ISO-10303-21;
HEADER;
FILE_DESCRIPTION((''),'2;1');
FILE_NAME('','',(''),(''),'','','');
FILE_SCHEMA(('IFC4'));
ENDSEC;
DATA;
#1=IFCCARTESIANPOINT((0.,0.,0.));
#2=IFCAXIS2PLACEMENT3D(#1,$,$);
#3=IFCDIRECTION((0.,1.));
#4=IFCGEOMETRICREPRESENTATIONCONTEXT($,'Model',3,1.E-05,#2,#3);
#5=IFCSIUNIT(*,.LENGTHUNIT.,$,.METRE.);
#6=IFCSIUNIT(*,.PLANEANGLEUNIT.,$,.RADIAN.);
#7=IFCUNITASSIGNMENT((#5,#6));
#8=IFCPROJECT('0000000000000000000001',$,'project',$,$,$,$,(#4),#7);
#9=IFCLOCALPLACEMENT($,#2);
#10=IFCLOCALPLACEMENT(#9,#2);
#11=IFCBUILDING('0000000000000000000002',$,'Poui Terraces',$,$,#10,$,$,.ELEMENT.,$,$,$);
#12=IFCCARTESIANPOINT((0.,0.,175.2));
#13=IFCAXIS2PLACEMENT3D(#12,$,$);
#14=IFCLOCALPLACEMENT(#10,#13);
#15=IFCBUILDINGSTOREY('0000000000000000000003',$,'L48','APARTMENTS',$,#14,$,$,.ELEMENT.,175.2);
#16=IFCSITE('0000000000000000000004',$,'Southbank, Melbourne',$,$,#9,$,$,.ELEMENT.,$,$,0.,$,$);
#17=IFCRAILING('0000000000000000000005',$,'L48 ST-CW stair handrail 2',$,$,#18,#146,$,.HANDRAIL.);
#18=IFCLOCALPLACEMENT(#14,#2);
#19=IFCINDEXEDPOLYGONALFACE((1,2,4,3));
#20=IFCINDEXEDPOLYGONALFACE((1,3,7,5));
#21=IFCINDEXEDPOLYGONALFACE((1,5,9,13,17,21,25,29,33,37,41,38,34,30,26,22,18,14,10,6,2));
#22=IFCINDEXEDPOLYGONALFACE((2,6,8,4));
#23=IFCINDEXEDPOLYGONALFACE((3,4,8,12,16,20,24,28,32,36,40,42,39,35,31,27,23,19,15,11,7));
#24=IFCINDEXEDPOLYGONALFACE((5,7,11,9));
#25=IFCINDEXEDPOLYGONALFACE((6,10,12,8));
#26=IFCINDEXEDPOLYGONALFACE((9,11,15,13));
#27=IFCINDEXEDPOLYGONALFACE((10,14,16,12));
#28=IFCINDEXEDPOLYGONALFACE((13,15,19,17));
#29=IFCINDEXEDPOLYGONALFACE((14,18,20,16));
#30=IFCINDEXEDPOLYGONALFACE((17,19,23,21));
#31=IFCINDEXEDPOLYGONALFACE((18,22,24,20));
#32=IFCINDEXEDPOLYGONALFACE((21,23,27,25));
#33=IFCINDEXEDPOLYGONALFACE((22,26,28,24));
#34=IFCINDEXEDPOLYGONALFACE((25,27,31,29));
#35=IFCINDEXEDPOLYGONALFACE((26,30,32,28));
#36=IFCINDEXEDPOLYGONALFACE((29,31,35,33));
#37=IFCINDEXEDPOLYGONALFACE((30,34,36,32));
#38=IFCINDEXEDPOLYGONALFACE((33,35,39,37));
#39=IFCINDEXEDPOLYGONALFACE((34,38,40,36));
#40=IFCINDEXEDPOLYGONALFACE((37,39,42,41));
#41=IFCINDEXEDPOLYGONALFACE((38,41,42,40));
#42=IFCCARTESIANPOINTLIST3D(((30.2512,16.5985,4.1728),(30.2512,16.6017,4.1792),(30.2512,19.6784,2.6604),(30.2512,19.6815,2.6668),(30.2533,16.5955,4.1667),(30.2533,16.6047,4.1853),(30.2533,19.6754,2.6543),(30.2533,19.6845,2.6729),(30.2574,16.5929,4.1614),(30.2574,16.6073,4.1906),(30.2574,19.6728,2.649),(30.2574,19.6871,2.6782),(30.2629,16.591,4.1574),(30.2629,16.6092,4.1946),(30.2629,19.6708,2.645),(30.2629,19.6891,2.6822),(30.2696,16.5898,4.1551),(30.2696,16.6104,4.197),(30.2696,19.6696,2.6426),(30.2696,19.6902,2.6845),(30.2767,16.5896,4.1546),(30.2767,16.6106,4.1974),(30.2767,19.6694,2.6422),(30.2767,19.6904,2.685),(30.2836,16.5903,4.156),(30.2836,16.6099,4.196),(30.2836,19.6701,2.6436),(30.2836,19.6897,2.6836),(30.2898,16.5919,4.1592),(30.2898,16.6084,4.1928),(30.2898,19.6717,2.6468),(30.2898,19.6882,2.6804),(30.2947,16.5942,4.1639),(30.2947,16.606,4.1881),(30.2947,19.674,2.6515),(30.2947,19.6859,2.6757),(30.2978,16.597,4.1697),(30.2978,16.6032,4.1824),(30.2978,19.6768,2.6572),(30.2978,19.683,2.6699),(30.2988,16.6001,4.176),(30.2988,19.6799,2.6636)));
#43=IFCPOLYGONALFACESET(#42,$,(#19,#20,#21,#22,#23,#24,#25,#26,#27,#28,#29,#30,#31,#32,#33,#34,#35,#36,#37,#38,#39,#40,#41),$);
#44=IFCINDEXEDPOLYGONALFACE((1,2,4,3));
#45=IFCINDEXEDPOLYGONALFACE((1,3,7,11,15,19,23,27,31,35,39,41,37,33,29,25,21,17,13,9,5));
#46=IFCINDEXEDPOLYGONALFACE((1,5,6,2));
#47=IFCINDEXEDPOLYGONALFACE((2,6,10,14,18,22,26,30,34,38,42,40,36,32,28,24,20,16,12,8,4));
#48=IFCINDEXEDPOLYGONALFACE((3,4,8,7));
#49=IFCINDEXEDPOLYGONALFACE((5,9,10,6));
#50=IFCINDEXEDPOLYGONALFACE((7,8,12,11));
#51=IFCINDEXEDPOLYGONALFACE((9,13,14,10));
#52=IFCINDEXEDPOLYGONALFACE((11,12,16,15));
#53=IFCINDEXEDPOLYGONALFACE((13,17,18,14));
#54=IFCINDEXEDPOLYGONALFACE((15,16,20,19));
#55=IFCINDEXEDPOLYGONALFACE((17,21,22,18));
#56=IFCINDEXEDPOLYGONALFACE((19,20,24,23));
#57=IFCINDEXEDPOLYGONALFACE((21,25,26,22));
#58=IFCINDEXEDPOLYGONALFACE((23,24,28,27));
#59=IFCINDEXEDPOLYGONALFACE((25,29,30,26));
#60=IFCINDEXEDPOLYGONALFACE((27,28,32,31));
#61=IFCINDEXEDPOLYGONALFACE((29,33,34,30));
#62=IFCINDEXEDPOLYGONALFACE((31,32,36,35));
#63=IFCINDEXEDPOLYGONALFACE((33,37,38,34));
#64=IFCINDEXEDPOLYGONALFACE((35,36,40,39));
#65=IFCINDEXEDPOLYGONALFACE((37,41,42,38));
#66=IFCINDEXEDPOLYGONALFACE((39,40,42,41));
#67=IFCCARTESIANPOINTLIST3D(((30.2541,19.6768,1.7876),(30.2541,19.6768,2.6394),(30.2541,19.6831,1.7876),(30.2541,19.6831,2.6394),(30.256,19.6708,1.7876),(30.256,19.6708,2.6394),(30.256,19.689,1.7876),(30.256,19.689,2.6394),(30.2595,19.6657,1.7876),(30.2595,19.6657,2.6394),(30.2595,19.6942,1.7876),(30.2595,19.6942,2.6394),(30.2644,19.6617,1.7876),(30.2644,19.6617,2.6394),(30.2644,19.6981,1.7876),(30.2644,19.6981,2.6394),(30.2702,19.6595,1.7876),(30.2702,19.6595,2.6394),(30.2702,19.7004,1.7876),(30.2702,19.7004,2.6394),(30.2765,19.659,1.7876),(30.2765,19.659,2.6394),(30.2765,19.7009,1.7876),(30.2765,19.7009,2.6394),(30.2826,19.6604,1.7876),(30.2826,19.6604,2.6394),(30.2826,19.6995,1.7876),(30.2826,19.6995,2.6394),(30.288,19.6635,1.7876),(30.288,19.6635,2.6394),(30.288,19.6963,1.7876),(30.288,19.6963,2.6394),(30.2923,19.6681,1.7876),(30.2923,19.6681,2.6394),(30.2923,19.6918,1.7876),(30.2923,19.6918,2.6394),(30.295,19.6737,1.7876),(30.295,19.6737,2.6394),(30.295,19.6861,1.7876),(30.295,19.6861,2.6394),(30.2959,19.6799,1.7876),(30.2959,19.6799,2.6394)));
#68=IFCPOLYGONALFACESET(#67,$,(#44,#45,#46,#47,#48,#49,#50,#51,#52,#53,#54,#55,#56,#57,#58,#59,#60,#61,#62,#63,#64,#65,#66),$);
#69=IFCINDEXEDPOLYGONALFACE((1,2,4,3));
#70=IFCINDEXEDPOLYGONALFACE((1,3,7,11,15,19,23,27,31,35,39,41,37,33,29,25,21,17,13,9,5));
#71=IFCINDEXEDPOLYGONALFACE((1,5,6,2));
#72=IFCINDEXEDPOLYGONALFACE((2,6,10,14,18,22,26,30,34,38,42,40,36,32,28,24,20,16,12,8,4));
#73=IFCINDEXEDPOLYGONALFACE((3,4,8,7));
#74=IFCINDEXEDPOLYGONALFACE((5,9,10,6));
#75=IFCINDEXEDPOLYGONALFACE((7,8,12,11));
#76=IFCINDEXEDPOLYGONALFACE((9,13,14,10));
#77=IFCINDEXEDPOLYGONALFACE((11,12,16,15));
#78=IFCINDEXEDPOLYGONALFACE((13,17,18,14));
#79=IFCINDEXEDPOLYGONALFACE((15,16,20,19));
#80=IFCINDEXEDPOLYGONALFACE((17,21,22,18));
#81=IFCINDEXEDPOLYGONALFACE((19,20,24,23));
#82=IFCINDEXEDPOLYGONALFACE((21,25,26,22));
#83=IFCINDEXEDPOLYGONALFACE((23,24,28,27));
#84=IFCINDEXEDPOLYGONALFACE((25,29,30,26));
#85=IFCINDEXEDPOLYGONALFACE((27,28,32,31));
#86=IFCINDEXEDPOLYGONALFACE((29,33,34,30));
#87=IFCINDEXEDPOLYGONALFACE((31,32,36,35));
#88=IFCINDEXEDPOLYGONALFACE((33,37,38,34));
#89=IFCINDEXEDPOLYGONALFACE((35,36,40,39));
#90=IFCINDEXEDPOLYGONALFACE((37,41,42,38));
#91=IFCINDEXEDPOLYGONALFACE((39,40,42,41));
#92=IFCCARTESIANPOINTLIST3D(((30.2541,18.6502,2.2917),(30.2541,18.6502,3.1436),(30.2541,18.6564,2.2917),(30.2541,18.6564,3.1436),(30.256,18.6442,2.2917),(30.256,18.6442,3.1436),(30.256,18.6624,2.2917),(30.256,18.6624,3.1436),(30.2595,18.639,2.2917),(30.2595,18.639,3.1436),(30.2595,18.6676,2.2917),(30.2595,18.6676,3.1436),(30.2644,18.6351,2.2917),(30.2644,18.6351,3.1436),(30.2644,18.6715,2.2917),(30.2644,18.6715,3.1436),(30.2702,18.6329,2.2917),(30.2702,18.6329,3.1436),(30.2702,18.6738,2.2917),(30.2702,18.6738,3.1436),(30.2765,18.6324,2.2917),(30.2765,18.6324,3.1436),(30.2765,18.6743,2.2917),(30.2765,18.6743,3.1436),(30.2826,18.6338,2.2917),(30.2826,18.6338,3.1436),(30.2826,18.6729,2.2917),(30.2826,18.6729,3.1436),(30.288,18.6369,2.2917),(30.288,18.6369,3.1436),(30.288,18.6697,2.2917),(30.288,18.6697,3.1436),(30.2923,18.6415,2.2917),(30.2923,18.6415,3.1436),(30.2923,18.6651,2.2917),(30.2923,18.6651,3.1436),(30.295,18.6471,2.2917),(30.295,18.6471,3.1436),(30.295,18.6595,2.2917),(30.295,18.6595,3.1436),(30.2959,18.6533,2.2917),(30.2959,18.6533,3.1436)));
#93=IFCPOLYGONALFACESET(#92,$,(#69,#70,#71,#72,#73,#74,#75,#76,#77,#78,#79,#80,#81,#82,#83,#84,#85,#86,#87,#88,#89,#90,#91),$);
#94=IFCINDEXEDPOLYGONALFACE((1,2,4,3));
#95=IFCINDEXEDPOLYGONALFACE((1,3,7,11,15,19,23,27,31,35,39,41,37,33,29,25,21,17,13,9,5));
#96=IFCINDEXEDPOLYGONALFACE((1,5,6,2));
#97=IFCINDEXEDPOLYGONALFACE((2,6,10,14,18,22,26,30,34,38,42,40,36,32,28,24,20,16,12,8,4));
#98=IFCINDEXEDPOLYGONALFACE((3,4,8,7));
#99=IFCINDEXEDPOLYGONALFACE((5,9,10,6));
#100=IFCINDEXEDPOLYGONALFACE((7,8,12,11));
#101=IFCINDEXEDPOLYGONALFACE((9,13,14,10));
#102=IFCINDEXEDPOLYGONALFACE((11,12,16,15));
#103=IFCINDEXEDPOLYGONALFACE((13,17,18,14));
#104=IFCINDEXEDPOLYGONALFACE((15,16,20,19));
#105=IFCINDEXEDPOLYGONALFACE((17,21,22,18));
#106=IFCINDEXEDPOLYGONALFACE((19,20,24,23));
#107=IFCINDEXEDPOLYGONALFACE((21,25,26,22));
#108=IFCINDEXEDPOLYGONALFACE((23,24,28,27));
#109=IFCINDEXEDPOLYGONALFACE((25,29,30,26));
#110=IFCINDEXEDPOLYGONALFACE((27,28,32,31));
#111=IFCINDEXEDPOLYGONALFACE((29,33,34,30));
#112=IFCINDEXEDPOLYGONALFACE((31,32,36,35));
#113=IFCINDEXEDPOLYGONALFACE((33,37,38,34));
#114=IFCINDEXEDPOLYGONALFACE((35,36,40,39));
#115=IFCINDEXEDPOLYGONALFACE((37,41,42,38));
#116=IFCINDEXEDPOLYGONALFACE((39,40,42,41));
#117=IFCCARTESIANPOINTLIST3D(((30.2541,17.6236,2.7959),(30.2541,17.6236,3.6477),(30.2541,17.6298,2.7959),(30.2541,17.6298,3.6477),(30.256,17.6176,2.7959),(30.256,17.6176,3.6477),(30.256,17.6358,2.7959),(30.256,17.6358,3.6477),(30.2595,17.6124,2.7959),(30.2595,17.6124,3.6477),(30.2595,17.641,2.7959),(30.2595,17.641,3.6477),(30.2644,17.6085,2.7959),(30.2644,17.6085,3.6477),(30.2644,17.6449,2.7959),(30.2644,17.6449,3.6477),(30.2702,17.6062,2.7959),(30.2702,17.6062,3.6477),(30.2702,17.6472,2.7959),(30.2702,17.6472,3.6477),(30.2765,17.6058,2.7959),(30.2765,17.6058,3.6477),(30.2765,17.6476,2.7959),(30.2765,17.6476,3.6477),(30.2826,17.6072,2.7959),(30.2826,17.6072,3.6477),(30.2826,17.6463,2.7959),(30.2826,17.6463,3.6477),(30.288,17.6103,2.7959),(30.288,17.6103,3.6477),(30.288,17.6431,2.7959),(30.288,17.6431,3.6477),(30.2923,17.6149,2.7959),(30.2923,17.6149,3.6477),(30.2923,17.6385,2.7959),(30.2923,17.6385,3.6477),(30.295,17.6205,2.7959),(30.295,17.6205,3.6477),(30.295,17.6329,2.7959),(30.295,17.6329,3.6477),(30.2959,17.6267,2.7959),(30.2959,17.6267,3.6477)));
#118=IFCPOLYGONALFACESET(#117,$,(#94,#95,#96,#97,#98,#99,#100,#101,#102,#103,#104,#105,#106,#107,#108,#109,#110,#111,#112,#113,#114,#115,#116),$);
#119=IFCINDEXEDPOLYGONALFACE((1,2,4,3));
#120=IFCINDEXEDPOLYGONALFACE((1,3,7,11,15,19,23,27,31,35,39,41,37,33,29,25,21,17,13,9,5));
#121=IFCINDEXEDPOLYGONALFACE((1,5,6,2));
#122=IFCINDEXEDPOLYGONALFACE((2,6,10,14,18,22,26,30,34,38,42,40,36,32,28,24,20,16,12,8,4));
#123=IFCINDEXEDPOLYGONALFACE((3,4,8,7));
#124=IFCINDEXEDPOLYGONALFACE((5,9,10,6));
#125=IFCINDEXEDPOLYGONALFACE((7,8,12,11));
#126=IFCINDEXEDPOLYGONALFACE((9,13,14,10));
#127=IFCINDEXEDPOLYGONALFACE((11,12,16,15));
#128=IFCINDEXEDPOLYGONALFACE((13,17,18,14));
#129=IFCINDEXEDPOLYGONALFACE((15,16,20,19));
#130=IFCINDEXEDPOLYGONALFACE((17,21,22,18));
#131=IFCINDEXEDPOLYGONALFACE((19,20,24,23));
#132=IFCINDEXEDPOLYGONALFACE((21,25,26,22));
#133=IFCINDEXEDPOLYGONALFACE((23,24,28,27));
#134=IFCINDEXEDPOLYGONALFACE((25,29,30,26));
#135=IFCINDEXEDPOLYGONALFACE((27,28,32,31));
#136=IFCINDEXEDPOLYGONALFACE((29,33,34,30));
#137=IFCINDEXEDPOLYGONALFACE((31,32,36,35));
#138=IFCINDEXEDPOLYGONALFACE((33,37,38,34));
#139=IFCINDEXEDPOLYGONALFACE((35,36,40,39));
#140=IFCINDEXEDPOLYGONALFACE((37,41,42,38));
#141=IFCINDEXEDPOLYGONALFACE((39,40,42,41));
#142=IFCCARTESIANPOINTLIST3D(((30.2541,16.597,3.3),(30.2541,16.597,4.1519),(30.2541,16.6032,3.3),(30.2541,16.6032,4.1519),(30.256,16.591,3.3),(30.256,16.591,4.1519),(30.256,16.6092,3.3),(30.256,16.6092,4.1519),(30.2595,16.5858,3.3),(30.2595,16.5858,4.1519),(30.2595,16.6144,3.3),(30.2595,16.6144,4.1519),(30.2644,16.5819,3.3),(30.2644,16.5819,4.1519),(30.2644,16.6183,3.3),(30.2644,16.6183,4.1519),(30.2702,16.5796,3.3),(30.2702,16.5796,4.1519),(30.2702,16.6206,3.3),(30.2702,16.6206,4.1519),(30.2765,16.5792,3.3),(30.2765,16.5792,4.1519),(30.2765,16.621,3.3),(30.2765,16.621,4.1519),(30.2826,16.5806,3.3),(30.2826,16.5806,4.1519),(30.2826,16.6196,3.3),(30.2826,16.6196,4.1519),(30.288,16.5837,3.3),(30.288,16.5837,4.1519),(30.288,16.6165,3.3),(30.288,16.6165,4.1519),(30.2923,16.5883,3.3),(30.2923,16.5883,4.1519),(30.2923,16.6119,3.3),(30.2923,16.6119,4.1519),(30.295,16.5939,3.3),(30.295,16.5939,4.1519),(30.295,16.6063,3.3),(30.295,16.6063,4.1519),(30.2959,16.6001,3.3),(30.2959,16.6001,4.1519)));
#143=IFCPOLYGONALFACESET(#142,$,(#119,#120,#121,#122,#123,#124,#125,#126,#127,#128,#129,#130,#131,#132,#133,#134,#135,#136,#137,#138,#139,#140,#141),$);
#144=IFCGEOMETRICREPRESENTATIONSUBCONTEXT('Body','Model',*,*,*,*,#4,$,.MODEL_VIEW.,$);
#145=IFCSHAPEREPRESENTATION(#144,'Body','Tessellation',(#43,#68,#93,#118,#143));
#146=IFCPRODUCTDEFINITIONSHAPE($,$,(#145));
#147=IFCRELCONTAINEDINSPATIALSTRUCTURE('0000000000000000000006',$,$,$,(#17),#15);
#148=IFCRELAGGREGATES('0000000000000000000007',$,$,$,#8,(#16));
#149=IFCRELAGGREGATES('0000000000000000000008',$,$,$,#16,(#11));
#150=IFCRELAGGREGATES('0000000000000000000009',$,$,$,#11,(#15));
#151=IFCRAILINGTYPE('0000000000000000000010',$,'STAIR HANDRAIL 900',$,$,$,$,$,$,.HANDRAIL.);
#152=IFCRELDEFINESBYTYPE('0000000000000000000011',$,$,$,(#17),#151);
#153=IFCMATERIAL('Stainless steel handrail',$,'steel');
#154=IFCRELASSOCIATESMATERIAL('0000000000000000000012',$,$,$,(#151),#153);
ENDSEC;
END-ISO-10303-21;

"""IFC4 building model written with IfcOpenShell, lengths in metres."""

from ifc_helpers import new_model, si_unit, direction, frame, origin, origin_2d, place, context, subcontext, project, spatial, circle, extrude, material, type_object, element, save


model = new_model("IFC4")

# Units and contexts
model_context = context("Model", 3, precision=1e-05, world=origin(), true_north=direction((0.0, 1.0)))
body_context = subcontext(model_context, "Body", "Model", "MODEL_VIEW")
ifc_project = project(units=[si_unit("LENGTHUNIT", "METRE"), si_unit("PLANEANGLEUNIT", "RADIAN")], contexts=[model_context])

# Site, building, storey
site_placement = place(None, origin())
site = spatial("IfcSite", under=ifc_project, at=site_placement, Name="Southbank, Melbourne", CompositionType="ELEMENT", RefElevation=0.0)
building_placement = place(site_placement, origin())
building = spatial("IfcBuilding", under=site, at=building_placement, Name="Poui Terraces", CompositionType="ELEMENT")
storey_placement = place(building_placement, frame((0.0, 0.0, 175.2)))
storey = spatial("IfcBuildingStorey", under=building, at=storey_placement, Name="L48", Description="APARTMENTS", CompositionType="ELEMENT", Elevation=175.2)

# Railing
ifc_material_1 = material(Name="Stainless steel handrail", Category="steel")
railing_type_1 = type_object("IfcRailingType", Name="STAIR HANDRAIL 900", PredefinedType="HANDRAIL", material=ifc_material_1)
railing_1_placement = place(storey_placement, frame((30.2749, 19.6799, 1.7876)))
element("IfcRailing", 1, at=railing_1_placement, inside=storey, type_object=railing_type_1, Name="L48 ST-CW stair handrail 2", PredefinedType="HANDRAIL", context=body_context, shape_type="SweptSolid", body=[
    extrude(circle(Radius=0.0239, at=origin_2d()), frame((0.0, 0.0, 0.876), z_axis=(0.0, -0.897606, 0.440798), x_axis=(1.0, 0.0, 0.0)), (0.0, 0.0, 1.0), 3.4312),
    extrude(circle(Radius=0.021, at=origin_2d()), origin(), (0.0, 0.0, 1.0), 0.8518),
    extrude(circle(Radius=0.021, at=origin_2d()), frame((0.0, -1.0266, 0.5042)), (0.0, 0.0, 1.0), 0.8518),
    extrude(circle(Radius=0.021, at=origin_2d()), frame((0.0, -2.0532, 1.0083)), (0.0, 0.0, 1.0), 0.8518),
    extrude(circle(Radius=0.021, at=origin_2d()), frame((0.0, -3.0798, 1.5125)), (0.0, 0.0, 1.0), 0.8518),
])

save(model, "model.ifc")
